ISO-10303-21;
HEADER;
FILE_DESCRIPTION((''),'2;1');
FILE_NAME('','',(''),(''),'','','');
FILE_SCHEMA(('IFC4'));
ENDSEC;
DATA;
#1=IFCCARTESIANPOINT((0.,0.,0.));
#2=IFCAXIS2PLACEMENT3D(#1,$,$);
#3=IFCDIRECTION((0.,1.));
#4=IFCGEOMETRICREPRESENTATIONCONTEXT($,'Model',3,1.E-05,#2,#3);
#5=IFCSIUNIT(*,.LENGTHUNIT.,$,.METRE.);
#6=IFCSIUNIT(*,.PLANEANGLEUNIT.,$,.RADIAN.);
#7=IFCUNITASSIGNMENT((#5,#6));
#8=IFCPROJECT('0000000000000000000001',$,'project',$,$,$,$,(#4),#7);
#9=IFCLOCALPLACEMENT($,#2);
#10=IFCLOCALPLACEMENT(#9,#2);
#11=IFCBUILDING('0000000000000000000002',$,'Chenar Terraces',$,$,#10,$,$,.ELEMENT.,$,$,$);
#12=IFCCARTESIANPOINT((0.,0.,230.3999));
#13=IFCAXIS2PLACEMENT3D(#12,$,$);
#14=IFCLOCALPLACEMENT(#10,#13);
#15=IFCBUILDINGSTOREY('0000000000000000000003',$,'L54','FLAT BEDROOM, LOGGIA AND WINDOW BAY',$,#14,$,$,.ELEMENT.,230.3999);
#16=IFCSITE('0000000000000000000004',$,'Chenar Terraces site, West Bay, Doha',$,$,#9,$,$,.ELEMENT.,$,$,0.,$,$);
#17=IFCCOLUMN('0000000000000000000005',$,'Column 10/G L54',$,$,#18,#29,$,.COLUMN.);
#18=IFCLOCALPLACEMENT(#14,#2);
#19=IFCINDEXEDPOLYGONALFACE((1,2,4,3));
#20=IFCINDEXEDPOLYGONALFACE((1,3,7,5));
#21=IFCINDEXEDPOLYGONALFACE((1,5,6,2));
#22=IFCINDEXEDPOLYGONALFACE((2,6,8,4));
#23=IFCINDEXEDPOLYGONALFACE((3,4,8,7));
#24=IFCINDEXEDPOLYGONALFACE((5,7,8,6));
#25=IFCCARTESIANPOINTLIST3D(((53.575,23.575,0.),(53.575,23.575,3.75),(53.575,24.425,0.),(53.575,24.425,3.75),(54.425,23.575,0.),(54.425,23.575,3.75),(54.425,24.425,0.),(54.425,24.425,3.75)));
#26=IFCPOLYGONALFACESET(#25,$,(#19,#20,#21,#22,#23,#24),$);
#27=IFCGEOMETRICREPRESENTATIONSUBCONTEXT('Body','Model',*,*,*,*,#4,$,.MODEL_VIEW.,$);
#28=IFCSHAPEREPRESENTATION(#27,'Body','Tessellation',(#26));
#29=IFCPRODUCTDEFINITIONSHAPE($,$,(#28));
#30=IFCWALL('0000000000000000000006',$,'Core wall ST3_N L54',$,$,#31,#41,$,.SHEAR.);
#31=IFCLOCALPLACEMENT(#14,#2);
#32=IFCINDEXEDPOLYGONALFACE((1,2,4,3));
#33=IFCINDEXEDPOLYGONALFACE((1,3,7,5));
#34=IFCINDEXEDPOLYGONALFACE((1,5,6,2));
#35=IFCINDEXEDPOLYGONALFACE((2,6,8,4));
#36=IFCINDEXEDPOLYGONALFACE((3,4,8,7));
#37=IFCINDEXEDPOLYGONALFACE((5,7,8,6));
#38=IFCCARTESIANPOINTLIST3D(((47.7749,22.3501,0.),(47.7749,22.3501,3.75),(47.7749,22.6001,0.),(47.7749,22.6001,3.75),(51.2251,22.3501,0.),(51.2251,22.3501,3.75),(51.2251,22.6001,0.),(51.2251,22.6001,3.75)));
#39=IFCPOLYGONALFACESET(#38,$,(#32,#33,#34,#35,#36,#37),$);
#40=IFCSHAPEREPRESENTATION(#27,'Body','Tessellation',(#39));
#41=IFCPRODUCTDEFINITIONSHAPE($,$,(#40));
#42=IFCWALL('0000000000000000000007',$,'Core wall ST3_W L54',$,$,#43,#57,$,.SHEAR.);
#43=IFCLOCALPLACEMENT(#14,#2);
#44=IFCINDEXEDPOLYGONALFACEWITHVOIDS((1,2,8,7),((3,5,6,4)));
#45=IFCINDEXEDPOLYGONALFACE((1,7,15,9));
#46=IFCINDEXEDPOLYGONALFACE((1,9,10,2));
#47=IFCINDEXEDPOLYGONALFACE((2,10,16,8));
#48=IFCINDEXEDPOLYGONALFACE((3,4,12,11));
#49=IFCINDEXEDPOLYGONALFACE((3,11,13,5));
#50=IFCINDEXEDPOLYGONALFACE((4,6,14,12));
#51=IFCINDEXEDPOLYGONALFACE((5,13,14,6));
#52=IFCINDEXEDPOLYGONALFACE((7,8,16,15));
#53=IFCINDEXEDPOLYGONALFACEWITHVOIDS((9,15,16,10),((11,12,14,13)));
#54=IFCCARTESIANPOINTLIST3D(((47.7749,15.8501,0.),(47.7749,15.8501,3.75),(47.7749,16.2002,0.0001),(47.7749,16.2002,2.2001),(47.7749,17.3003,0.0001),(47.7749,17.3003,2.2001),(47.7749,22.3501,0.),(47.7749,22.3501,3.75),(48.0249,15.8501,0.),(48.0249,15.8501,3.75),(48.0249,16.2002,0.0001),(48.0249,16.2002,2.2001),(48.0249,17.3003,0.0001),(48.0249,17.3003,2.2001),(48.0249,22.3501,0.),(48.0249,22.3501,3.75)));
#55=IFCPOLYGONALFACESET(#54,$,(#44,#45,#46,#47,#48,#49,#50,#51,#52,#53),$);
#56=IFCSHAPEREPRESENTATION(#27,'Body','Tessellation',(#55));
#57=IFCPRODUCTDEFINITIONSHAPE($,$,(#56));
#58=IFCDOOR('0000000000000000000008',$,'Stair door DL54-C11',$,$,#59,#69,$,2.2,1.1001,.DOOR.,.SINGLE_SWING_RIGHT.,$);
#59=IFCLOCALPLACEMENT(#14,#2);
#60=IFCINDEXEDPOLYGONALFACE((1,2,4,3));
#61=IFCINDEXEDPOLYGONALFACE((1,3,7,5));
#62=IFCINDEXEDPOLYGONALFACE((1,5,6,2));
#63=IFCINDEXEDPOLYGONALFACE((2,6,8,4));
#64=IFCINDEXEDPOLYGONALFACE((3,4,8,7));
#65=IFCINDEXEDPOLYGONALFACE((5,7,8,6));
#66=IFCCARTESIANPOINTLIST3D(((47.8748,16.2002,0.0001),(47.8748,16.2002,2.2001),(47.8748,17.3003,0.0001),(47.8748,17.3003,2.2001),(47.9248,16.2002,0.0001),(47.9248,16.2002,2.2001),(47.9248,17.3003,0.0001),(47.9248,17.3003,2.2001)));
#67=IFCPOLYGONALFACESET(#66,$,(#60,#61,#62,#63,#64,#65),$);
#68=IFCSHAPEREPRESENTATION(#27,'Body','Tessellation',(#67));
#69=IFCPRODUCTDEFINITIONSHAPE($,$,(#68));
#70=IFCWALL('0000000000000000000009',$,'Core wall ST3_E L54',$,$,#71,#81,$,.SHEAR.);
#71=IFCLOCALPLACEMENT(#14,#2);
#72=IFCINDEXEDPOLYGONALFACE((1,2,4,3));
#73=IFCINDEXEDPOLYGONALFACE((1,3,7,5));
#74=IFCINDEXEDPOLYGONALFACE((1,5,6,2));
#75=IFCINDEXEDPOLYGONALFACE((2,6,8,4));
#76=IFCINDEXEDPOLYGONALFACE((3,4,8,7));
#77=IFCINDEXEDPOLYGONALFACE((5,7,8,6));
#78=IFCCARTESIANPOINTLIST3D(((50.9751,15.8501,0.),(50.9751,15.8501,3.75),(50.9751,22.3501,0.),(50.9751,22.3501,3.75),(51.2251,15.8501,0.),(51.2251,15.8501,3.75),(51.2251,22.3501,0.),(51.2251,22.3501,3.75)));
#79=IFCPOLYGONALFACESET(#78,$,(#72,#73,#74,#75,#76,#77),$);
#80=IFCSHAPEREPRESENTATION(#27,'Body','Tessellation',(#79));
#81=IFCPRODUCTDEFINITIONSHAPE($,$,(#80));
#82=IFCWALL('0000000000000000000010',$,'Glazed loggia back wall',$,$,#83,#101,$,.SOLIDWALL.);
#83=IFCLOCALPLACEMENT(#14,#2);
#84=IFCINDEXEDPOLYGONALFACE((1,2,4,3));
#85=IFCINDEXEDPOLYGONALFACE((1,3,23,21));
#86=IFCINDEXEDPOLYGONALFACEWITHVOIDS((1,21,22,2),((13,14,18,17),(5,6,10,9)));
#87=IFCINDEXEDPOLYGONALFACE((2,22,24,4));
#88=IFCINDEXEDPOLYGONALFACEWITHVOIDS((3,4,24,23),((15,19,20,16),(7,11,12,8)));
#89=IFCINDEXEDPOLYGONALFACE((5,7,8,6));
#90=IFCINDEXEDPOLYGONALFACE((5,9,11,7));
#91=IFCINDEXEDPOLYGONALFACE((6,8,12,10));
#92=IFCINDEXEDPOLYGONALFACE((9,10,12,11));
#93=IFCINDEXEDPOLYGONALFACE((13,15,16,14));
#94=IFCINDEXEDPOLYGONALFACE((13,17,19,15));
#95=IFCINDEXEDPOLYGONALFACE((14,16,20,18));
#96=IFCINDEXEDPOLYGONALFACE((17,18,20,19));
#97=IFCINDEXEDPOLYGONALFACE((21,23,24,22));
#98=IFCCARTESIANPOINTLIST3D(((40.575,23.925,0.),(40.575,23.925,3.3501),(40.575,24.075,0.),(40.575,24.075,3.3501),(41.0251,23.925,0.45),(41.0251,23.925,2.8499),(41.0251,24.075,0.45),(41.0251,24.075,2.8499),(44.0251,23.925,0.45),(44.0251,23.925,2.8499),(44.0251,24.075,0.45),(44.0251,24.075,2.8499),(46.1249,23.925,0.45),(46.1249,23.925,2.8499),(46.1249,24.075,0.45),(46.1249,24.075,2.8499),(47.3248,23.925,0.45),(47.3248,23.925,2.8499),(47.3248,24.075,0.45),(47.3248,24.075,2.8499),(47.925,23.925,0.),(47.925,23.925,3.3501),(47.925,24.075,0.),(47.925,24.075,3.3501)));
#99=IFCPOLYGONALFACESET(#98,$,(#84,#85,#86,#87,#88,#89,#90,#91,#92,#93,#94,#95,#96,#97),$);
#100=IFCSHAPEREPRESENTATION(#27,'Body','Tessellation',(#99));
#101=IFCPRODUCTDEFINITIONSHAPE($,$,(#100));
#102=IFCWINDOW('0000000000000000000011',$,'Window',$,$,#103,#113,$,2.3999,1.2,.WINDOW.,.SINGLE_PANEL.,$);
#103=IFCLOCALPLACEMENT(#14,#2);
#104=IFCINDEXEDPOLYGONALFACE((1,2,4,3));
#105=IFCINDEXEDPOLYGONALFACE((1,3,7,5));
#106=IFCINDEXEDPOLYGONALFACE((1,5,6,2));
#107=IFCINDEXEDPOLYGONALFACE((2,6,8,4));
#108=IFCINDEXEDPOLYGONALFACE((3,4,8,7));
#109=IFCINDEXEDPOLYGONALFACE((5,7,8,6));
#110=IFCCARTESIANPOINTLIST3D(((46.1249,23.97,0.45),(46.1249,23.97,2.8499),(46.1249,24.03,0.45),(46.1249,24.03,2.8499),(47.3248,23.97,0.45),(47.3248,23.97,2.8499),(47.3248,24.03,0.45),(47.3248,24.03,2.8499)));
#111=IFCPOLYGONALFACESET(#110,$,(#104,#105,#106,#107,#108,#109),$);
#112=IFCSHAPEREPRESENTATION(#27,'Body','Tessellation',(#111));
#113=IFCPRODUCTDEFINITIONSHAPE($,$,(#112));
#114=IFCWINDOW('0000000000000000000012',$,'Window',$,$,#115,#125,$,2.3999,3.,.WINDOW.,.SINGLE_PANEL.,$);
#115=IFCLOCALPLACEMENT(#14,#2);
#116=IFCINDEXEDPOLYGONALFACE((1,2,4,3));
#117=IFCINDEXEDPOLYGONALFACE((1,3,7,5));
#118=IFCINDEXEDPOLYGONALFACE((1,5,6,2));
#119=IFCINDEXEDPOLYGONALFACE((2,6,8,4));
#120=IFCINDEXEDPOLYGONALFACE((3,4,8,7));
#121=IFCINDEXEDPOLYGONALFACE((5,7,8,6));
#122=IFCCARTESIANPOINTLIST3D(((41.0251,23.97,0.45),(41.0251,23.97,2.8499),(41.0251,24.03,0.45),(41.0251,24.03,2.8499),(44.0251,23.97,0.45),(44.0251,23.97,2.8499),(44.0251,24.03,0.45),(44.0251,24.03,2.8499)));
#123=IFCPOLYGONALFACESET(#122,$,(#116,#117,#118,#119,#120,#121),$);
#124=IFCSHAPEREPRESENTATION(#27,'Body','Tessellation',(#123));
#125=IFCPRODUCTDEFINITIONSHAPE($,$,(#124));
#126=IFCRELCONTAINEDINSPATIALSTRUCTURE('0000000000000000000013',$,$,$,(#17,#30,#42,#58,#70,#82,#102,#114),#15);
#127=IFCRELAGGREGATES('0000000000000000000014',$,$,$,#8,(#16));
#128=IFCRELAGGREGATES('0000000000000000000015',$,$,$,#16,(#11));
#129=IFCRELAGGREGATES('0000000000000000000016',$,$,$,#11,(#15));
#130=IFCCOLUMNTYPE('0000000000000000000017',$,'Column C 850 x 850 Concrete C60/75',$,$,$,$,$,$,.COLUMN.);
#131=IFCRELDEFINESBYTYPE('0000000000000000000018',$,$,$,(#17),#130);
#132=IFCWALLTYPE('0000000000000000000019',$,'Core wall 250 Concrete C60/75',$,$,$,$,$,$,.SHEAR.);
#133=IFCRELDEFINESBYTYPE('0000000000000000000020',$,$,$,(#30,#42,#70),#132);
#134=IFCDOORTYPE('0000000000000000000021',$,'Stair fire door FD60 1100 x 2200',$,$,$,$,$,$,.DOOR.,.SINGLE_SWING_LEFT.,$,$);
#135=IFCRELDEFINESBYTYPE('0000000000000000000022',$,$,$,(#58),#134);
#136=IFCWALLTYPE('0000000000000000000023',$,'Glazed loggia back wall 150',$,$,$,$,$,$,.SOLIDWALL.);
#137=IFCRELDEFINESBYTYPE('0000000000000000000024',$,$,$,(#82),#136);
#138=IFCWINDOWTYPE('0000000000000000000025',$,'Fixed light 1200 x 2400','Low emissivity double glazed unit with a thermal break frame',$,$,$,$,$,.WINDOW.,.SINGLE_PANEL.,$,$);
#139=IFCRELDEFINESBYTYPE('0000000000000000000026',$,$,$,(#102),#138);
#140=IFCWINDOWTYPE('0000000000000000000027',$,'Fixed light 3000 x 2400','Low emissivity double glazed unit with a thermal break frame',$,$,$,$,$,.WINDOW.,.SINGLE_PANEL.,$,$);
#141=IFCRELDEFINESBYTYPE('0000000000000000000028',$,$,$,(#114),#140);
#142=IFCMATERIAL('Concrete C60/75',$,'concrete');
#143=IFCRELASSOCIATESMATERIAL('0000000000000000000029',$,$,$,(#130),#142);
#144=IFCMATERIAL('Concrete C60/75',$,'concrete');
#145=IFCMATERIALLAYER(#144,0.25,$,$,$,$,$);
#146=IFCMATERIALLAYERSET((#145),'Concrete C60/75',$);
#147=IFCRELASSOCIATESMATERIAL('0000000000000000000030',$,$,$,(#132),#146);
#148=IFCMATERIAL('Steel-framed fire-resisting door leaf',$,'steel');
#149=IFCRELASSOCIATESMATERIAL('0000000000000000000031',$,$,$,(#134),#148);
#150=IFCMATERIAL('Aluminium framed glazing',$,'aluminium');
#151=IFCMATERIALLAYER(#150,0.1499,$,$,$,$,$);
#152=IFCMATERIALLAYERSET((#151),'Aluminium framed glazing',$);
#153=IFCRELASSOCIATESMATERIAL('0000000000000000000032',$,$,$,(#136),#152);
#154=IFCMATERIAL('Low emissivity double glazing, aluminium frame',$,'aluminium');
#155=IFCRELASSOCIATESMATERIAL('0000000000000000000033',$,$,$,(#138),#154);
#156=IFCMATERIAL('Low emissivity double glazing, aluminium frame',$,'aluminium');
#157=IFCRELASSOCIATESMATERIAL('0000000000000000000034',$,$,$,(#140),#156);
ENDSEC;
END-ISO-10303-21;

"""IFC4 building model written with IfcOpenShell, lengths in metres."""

from ifc_helpers import new_model, si_unit, direction, frame, frame_2d, origin, origin_2d, place, context, subcontext, project, spatial, rectangle, extrude, material, layer, layer_set, material_profile, profile_set, type_object, element, fill, save


model = new_model("IFC4")

# Units and contexts
model_context = context("Model", 3, precision=1e-05, world=origin(), true_north=direction((0.0, 1.0)))
body_context = subcontext(model_context, "Body", "Model", "MODEL_VIEW")
ifc_project = project(units=[si_unit("LENGTHUNIT", "METRE"), si_unit("PLANEANGLEUNIT", "RADIAN")], contexts=[model_context])

# Site, building, storey
site_placement = place(None, origin())
site = spatial("IfcSite", under=ifc_project, at=site_placement, Name="Chenar Terraces site, West Bay, Doha", CompositionType="ELEMENT", RefElevation=0.0)
building_placement = place(site_placement, origin())
building = spatial("IfcBuilding", under=site, at=building_placement, Name="Chenar Terraces", CompositionType="ELEMENT")
storey_placement = place(building_placement, frame((0.0, 0.0, 230.3999)))
storey = spatial("IfcBuildingStorey", under=building, at=storey_placement, Name="L54", Description="FLAT BEDROOM, LOGGIA AND WINDOW BAY", CompositionType="ELEMENT", Elevation=230.3999)

# Column
ifc_material_1 = material(Name="Concrete C60/75", Category="concrete")
ifc_material_profile = material_profile(ifc_material_1, rectangle(XDim=0.8501, YDim=0.8501, at=origin_2d()), Name="C 850 x 850")
ifc_profile_set = profile_set([ifc_material_profile], Name="Concrete C60/75")
column_type = type_object("IfcColumnType", Name="Column C 850 x 850 Concrete C60/75", PredefinedType="COLUMN", material=ifc_profile_set)
column_placement = place(storey_placement, frame((54.0, 24.0, 0.0), z_axis=(0.0, 0.0, 1.0), x_axis=(1.0, 0.0, 0.0)))
element("IfcColumn", 1, at=column_placement, inside=storey, type_object=column_type, Name="Column 10/G L54", PredefinedType="COLUMN", context=body_context, shape_type="SweptSolid", body=[
    extrude(rectangle(XDim=0.8501, YDim=0.8501, at=origin_2d()), origin(), (0.0, 0.0, 1.0), 3.75),
])

# Wall
ifc_material_2 = material(Name="Concrete C60/75", Category="concrete")
ifc_layer_1 = layer(ifc_material_2, 0.25)
ifc_layer_set_1 = layer_set([ifc_layer_1], Name="Concrete C60/75")
wall_type_1 = type_object("IfcWallType", Name="Core wall 250 Concrete C60/75", PredefinedType="SHEAR", material=ifc_layer_set_1)
wall_1_placement = place(storey_placement, frame((47.7749, 22.4751, 0.0), z_axis=(0.0, 0.0, 1.0), x_axis=(1.0, 0.0, 0.0)))
element("IfcWall", 2, at=wall_1_placement, inside=storey, type_object=wall_type_1, Name="Core wall ST3_N L54", PredefinedType="SHEAR", context=body_context, shape_type="SweptSolid", body=[
    extrude(rectangle(XDim=3.4502, YDim=0.25, at=frame_2d((1.7251, 0.0))), origin(), (0.0, 0.0, 1.0), 3.75),
])

# Wall, opening, door
wall_2_placement = place(storey_placement, frame((47.8999, 15.8501, 0.0), z_axis=(0.0, 0.0, 1.0), x_axis=(0.0, 1.0, 0.0)))
wall_2 = element("IfcWall", 3, at=wall_2_placement, inside=storey, type_object=wall_type_1, Name="Core wall ST3_W L54", PredefinedType="SHEAR", context=body_context, shape_type="SweptSolid", body=[
    extrude(rectangle(XDim=6.5, YDim=0.25, at=frame_2d((3.25, 0.0))), origin(), (0.0, 0.0, 1.0), 3.75),
])
opening_1_placement = place(wall_2_placement, frame((0.3501, 0.0, 0.0)))
opening_1 = element("IfcOpeningElement", 4, at=opening_1_placement, cuts=wall_2, PredefinedType="OPENING", context=body_context, shape_type="SweptSolid", body=[
    extrude(rectangle(XDim=1.1001, YDim=2.2, at=frame_2d((0.55, 1.1001))), frame((0.0, 0.135, 0.0), z_axis=(0.0, -1.0, 0.0), x_axis=(1.0, 0.0, 0.0)), (0.0, 0.0, 1.0), 0.27),
])
ifc_material_3 = material(Name="Steel-framed fire-resisting door leaf", Category="steel")
door_type_1 = type_object("IfcDoorType", Name="Stair fire door FD60 1100 x 2200", OperationType="SINGLE_SWING_LEFT", PredefinedType="DOOR", material=ifc_material_3)
door_1_placement = place(opening_1_placement, frame((1.1001, 0.0, 0.0), z_axis=(0.0, 0.0, 1.0), x_axis=(-1.0, 0.0, 0.0)))
door_1 = element("IfcDoor", 5, at=door_1_placement, inside=storey, type_object=door_type_1, Name="Stair door DL54-C11", OperationType="SINGLE_SWING_RIGHT", OverallHeight=2.2, OverallWidth=1.1001, PredefinedType="DOOR", context=body_context, shape_type="SweptSolid", body=[
    extrude(rectangle(XDim=1.1001, YDim=2.2, at=frame_2d((0.55, 1.1001))), frame((0.0, 0.0249, 0.0), z_axis=(0.0, -1.0, 0.0), x_axis=(1.0, 0.0, 0.0)), (0.0, 0.0, 1.0), 0.05),
])
fill(opening_1, door_1)

# Wall
wall_3_placement = place(storey_placement, frame((51.1001, 15.8501, 0.0), z_axis=(0.0, 0.0, 1.0), x_axis=(0.0, 1.0, 0.0)))
element("IfcWall", 6, at=wall_3_placement, inside=storey, type_object=wall_type_1, Name="Core wall ST3_E L54", PredefinedType="SHEAR", context=body_context, shape_type="SweptSolid", body=[
    extrude(rectangle(XDim=6.5, YDim=0.25, at=frame_2d((3.25, 0.0))), origin(), (0.0, 0.0, 1.0), 3.75),
])

# Wall, openings, windows
ifc_material_4 = material(Name="Aluminium framed glazing", Category="aluminium")
ifc_layer_2 = layer(ifc_material_4, 0.1499)
ifc_layer_set_2 = layer_set([ifc_layer_2], Name="Aluminium framed glazing")
wall_type_2 = type_object("IfcWallType", Name="Glazed loggia back wall 150", PredefinedType="SOLIDWALL", material=ifc_layer_set_2)
wall_4_placement = place(storey_placement, frame((47.925, 24.0, 0.0), z_axis=(0.0, 0.0, 1.0), x_axis=(-1.0, 0.0, 0.0)))
wall_4 = element("IfcWall", 7, at=wall_4_placement, inside=storey, type_object=wall_type_2, Name="Glazed loggia back wall", PredefinedType="SOLIDWALL", context=body_context, shape_type="SweptSolid", body=[
    extrude(rectangle(XDim=7.3501, YDim=0.1499, at=frame_2d((3.675, 0.0))), origin(), (0.0, 0.0, 1.0), 3.3501),
])
opening_2_placement = place(wall_4_placement, frame((0.6001, 0.0, 0.45)))
opening_2 = element("IfcOpeningElement", 8, at=opening_2_placement, cuts=wall_4, PredefinedType="OPENING", context=body_context, shape_type="SweptSolid", body=[
    extrude(rectangle(XDim=1.2, YDim=2.3999, at=frame_2d((0.6001, 1.2))), frame((0.0, 0.085, 0.0), z_axis=(0.0, -1.0, 0.0), x_axis=(1.0, 0.0, 0.0)), (0.0, 0.0, 1.0), 0.1699),
])
opening_3_placement = place(wall_4_placement, frame((3.8999, 0.0, 0.45)))
opening_3 = element("IfcOpeningElement", 9, at=opening_3_placement, cuts=wall_4, PredefinedType="OPENING", context=body_context, shape_type="SweptSolid", body=[
    extrude(rectangle(XDim=3.0, YDim=2.3999, at=frame_2d((1.5, 1.2))), frame((0.0, 0.085, 0.0), z_axis=(0.0, -1.0, 0.0), x_axis=(1.0, 0.0, 0.0)), (0.0, 0.0, 1.0), 0.1699),
])
ifc_material_5 = material(Name="Low emissivity double glazing, aluminium frame", Category="aluminium")
window_type_1 = type_object("IfcWindowType", Name="Fixed light 1200 x 2400", Description="Low emissivity double glazed unit with a thermal break frame", PartitioningType="SINGLE_PANEL", PredefinedType="WINDOW", material=ifc_material_5)
window_1_placement = place(opening_2_placement, origin())
window_1 = element("IfcWindow", 10, at=window_1_placement, inside=storey, type_object=window_type_1, Name="Window", OverallHeight=2.3999, OverallWidth=1.2, PartitioningType="SINGLE_PANEL", PredefinedType="WINDOW", context=body_context, shape_type="SweptSolid", body=[
    extrude(rectangle(XDim=1.2, YDim=2.3999, at=frame_2d((0.6001, 1.2))), frame((0.0, 0.03, 0.0), z_axis=(0.0, -1.0, 0.0), x_axis=(1.0, 0.0, 0.0)), (0.0, 0.0, 1.0), 0.0601),
])
fill(opening_2, window_1)
ifc_material_6 = material(Name="Low emissivity double glazing, aluminium frame", Category="aluminium")
window_type_2 = type_object("IfcWindowType", Name="Fixed light 3000 x 2400", Description="Low emissivity double glazed unit with a thermal break frame", PartitioningType="SINGLE_PANEL", PredefinedType="WINDOW", material=ifc_material_6)
window_2_placement = place(opening_3_placement, origin())
window_2 = element("IfcWindow", 11, at=window_2_placement, inside=storey, type_object=window_type_2, Name="Window", OverallHeight=2.3999, OverallWidth=3.0, PartitioningType="SINGLE_PANEL", PredefinedType="WINDOW", context=body_context, shape_type="SweptSolid", body=[
    extrude(rectangle(XDim=3.0, YDim=2.3999, at=frame_2d((1.5, 1.2))), frame((0.0, 0.03, 0.0), z_axis=(0.0, -1.0, 0.0), x_axis=(1.0, 0.0, 0.0)), (0.0, 0.0, 1.0), 0.0601),
])
fill(opening_3, window_2)

save(model, "model.ifc")
